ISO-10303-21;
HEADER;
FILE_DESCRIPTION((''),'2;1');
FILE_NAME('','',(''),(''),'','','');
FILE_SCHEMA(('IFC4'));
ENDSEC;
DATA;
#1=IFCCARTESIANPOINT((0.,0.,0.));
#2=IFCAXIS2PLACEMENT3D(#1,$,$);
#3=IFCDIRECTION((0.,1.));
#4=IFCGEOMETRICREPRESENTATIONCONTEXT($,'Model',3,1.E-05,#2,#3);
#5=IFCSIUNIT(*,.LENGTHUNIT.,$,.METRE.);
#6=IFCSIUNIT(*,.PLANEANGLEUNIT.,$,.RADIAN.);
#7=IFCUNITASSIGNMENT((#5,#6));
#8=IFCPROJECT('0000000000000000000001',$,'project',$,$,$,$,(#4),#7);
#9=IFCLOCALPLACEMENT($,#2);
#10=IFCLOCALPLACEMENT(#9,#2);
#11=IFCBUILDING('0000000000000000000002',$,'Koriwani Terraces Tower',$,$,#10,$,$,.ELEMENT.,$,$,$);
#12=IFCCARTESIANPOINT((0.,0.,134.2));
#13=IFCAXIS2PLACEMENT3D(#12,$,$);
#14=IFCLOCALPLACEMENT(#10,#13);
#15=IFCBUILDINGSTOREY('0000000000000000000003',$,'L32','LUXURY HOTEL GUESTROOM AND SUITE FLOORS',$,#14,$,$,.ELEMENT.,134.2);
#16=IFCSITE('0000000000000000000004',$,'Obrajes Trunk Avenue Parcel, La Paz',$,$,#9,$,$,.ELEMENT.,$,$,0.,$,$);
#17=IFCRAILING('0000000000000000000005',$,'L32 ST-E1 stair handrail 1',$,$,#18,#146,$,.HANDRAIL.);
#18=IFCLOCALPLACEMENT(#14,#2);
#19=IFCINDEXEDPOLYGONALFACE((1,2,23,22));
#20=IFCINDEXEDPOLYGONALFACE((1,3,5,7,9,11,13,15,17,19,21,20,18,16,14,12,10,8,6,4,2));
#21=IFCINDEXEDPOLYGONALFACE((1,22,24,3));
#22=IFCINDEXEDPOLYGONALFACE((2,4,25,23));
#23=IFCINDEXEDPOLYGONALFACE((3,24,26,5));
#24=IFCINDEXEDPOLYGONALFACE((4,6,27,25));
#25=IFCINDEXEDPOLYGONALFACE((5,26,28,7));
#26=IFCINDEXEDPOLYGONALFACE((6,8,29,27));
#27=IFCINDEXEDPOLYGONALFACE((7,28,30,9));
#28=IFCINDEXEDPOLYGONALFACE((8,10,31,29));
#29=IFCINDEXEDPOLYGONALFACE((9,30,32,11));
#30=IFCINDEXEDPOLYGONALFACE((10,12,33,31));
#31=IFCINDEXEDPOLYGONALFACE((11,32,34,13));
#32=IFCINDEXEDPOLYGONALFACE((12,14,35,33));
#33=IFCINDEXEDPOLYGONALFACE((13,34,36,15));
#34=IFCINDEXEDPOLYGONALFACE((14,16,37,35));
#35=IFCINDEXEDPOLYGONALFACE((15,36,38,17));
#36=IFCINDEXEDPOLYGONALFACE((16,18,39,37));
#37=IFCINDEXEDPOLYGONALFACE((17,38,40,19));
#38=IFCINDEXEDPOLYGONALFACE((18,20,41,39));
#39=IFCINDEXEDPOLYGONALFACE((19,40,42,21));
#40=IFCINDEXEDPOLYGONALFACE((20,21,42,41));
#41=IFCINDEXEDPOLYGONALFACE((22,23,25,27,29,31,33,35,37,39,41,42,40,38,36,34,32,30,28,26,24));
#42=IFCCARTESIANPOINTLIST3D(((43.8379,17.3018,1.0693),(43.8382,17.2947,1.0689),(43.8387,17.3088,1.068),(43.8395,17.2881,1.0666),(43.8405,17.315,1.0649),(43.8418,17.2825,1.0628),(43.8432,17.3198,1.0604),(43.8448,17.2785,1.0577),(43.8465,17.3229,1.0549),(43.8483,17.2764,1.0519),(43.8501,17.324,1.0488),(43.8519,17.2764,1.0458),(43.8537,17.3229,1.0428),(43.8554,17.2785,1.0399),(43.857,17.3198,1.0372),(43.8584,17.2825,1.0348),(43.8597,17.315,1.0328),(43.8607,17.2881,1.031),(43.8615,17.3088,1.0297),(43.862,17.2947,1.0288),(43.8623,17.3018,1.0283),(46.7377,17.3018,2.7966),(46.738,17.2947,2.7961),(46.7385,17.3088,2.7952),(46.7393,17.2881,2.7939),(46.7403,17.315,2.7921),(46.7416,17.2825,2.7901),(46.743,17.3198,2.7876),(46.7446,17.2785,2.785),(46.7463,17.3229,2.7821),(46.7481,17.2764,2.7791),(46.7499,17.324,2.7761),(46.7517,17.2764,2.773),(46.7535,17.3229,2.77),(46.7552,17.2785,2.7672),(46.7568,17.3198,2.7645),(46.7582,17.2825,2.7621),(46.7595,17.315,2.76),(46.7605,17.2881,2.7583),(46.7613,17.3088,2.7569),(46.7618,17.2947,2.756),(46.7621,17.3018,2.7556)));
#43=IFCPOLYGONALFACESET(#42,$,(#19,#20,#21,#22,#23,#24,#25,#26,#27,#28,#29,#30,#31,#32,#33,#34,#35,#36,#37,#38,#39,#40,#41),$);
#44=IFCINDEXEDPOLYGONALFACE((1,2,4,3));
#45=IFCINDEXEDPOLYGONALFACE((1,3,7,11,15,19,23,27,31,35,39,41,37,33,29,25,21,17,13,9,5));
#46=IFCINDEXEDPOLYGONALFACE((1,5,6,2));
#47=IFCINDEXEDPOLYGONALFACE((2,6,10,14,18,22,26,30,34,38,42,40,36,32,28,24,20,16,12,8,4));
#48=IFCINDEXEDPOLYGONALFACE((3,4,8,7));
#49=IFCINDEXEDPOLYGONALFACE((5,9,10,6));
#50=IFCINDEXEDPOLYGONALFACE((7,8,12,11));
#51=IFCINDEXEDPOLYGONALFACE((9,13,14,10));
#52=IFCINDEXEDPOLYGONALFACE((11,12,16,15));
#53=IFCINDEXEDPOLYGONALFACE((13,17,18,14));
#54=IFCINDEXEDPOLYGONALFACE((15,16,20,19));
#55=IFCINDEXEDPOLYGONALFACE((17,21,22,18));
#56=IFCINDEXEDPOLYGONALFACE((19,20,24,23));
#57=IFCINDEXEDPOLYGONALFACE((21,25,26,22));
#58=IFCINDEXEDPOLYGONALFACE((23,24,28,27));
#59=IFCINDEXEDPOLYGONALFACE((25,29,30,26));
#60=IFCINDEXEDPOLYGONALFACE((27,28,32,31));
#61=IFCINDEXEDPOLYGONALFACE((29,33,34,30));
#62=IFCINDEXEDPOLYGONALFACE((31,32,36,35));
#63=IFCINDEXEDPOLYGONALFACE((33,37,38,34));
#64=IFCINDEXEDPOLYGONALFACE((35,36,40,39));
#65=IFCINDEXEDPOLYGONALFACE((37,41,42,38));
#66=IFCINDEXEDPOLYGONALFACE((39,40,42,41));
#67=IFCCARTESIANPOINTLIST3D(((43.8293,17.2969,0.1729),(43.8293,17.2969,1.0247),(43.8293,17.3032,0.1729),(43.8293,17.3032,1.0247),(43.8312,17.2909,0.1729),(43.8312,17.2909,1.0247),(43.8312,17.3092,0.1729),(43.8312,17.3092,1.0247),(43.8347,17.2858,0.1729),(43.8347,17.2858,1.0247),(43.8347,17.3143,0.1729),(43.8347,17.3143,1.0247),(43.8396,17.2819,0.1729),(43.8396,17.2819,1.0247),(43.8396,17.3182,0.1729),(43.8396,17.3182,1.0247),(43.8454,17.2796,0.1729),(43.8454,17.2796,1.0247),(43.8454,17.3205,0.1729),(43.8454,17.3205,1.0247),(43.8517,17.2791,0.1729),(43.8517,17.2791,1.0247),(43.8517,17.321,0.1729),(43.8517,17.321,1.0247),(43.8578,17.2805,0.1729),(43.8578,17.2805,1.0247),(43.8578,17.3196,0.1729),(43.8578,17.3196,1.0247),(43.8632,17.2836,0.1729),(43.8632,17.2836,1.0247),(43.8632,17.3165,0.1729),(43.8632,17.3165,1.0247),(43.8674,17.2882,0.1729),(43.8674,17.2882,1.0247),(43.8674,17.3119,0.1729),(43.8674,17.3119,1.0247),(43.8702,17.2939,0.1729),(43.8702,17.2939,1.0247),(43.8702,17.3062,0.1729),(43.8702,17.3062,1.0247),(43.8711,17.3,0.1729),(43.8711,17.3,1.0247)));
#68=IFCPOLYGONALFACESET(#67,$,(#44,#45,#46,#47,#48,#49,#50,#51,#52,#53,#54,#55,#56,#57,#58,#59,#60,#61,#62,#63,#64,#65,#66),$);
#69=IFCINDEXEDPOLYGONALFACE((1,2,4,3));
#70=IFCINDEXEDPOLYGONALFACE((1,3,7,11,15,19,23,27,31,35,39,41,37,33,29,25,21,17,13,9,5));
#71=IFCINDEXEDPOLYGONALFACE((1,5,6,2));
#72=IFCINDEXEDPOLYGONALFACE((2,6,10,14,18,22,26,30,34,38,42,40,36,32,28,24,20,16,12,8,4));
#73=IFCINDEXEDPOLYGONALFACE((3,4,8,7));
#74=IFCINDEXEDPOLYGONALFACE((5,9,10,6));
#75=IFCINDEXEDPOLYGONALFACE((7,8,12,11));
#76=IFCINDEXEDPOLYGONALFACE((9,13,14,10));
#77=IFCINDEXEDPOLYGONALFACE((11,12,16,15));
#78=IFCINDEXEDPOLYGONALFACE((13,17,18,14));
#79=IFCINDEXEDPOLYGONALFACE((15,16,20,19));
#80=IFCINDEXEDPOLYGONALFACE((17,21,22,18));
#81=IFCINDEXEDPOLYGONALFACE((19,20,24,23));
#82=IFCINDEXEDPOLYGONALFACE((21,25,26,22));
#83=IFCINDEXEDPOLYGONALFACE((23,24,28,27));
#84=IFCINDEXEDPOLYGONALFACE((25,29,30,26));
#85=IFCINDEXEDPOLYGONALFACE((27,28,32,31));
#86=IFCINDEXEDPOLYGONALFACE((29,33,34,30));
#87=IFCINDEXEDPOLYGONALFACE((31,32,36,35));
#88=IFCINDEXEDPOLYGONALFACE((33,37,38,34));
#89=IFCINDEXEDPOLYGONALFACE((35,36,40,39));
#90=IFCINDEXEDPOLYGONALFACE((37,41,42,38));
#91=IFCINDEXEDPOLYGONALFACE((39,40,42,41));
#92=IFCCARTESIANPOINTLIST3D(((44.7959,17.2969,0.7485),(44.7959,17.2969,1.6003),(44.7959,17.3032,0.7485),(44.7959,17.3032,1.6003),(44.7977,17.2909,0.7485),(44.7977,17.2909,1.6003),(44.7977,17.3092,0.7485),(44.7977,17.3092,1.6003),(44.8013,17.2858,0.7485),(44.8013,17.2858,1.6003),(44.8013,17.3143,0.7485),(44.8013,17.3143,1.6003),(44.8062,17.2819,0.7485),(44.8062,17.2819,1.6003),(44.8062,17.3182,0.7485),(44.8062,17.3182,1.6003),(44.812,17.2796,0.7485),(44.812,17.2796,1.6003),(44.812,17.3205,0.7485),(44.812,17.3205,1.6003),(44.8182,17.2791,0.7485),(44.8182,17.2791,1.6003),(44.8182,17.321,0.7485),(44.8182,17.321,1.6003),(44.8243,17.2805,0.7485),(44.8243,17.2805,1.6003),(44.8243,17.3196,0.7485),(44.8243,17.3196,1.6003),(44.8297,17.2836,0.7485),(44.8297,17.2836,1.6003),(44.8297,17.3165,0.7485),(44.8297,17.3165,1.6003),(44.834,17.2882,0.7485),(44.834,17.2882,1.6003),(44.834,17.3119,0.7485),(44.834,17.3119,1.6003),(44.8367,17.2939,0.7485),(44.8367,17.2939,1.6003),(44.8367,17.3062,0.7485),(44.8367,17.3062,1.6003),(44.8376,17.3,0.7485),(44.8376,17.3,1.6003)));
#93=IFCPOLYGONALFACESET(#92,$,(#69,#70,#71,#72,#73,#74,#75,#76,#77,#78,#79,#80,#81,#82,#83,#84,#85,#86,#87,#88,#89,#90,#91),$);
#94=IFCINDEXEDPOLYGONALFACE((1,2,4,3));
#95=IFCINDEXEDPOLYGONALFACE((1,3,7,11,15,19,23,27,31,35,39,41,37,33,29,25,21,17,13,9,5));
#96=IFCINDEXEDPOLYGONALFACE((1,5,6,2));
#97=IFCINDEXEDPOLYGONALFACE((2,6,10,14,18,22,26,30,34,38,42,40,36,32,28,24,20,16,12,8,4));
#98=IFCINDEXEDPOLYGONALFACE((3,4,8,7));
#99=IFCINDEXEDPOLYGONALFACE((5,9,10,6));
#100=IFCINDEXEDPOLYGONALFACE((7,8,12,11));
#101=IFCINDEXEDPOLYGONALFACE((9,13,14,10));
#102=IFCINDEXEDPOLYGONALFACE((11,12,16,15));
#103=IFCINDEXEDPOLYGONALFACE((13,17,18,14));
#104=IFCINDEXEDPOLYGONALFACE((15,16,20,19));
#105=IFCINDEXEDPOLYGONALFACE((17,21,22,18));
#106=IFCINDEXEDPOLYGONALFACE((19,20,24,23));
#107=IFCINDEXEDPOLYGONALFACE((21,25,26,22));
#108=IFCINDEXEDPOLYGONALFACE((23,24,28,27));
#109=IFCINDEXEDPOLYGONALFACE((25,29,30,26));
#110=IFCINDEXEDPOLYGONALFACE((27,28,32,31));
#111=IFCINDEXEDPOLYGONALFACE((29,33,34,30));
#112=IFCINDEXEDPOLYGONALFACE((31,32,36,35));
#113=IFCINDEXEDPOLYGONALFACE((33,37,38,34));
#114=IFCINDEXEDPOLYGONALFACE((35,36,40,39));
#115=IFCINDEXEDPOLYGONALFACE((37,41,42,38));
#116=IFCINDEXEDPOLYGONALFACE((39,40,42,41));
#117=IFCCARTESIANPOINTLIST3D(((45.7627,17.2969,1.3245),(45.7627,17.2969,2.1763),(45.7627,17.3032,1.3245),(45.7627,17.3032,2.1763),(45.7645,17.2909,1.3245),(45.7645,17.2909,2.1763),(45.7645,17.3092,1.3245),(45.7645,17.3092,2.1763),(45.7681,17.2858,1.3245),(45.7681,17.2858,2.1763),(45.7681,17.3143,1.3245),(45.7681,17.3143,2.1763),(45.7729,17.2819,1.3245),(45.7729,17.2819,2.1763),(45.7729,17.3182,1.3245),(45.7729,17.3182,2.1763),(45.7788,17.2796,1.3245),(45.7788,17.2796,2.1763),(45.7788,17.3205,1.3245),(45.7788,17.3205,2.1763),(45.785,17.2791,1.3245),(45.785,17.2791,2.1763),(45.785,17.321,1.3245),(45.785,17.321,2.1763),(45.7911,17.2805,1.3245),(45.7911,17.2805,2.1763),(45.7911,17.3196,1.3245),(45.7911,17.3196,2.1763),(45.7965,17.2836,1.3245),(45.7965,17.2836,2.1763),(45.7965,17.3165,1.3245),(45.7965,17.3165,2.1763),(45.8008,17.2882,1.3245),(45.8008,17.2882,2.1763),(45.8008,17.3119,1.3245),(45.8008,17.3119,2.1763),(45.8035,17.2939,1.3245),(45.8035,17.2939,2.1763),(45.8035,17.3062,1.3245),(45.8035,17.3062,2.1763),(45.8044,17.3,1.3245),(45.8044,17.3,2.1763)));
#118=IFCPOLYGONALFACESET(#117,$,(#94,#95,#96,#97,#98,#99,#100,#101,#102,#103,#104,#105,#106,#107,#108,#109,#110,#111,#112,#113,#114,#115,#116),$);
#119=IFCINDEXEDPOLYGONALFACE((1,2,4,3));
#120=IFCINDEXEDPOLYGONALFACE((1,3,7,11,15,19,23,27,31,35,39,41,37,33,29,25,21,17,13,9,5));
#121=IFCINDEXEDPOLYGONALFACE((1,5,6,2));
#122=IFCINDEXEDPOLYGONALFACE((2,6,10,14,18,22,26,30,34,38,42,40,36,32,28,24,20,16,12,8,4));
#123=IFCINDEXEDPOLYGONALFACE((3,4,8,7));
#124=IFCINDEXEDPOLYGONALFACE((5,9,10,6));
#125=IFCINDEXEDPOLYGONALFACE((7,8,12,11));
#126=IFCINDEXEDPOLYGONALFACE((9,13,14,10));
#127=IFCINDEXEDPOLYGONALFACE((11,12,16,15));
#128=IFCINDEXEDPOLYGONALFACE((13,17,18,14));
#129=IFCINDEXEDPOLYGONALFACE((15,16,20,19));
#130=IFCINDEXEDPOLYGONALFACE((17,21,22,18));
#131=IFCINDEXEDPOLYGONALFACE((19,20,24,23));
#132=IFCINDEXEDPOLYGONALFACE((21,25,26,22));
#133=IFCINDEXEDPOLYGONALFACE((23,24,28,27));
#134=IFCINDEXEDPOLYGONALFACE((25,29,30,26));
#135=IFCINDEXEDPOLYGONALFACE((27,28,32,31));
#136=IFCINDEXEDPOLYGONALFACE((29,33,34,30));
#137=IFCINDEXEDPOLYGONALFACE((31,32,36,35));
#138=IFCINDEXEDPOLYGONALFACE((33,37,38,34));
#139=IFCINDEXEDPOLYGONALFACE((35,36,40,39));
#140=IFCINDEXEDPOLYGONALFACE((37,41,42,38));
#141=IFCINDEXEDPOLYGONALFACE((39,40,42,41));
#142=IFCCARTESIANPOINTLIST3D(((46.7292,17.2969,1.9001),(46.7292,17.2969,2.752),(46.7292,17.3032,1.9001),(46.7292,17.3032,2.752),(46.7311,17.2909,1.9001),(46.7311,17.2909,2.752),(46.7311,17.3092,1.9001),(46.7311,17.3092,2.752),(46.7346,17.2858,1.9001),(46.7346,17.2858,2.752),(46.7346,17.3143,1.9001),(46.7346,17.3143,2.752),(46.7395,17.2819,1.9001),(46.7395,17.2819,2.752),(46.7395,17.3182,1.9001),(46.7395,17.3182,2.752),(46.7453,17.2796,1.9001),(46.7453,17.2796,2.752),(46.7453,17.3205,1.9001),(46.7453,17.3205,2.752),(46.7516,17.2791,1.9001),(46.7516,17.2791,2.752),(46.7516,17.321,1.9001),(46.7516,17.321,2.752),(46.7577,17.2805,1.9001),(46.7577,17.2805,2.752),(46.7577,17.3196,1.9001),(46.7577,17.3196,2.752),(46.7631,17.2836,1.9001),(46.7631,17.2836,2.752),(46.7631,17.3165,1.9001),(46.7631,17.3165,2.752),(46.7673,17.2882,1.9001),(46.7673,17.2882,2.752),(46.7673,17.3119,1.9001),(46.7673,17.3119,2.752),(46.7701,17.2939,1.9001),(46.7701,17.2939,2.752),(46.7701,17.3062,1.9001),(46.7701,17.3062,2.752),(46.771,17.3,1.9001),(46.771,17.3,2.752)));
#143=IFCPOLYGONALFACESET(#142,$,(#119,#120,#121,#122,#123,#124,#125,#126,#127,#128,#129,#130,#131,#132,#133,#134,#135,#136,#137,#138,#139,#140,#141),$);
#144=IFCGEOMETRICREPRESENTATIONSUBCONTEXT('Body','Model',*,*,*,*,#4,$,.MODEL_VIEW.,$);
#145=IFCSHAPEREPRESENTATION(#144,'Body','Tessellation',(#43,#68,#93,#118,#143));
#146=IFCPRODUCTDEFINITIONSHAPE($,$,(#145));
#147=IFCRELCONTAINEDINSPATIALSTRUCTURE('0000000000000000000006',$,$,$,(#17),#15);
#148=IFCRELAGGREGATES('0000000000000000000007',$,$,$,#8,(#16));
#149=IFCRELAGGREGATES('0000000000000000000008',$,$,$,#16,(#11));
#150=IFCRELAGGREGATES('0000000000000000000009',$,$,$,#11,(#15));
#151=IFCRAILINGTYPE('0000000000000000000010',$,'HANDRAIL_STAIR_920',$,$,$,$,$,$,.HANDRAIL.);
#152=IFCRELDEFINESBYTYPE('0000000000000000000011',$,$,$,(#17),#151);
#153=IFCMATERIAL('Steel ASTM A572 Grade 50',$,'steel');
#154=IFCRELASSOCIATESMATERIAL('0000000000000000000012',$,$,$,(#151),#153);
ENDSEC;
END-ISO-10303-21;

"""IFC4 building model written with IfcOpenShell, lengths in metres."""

from ifc_helpers import new_model, si_unit, direction, frame, origin, origin_2d, place, context, subcontext, project, spatial, circle, extrude, material, type_object, element, save


model = new_model("IFC4")

# Units and contexts
model_context = context("Model", 3, precision=1e-05, world=origin(), true_north=direction((0.0, 1.0)))
body_context = subcontext(model_context, "Body", "Model", "MODEL_VIEW")
ifc_project = project(units=[si_unit("LENGTHUNIT", "METRE"), si_unit("PLANEANGLEUNIT", "RADIAN")], contexts=[model_context])

# Site, building, storey
site_placement = place(None, origin())
site = spatial("IfcSite", under=ifc_project, at=site_placement, Name="Obrajes Trunk Avenue Parcel, La Paz", CompositionType="ELEMENT", RefElevation=0.0)
building_placement = place(site_placement, origin())
building = spatial("IfcBuilding", under=site, at=building_placement, Name="Koriwani Terraces Tower", CompositionType="ELEMENT")
storey_placement = place(building_placement, frame((0.0, 0.0, 134.2)))
storey = spatial("IfcBuildingStorey", under=building, at=storey_placement, Name="L32", Description="LUXURY HOTEL GUESTROOM AND SUITE FLOORS", CompositionType="ELEMENT", Elevation=134.2)

# Shared definitions
ifc_material_1 = material(Name="Steel ASTM A572 Grade 50", Category="steel")

# Railing
railing_type_1 = type_object("IfcRailingType", Name="HANDRAIL_STAIR_920", PredefinedType="HANDRAIL", material=ifc_material_1)
railing_1_placement = place(storey_placement, frame((43.8501, 17.3, 0.1729)))
element("IfcRailing", 1, at=railing_1_placement, inside=storey, type_object=railing_type_1, Name="L32 ST-E1 stair handrail 1", PredefinedType="HANDRAIL", context=body_context, shape_type="SweptSolid", body=[
    extrude(circle(Radius=0.0239, at=origin_2d()), frame((0.0, 0.0, 0.876), z_axis=(0.859141, 0.0, 0.511738), x_axis=(0.0, 1.0, 0.0)), (0.0, 0.0, 1.0), 3.3752),
    extrude(circle(Radius=0.021, at=origin_2d()), origin(), (0.0, 0.0, 1.0), 0.8518),
    extrude(circle(Radius=0.021, at=origin_2d()), frame((0.9666, 0.0, 0.5757)), (0.0, 0.0, 1.0), 0.8518),
    extrude(circle(Radius=0.021, at=origin_2d()), frame((1.9333, 0.0, 1.1516)), (0.0, 0.0, 1.0), 0.8518),
    extrude(circle(Radius=0.021, at=origin_2d()), frame((2.8999, 0.0, 1.7273)), (0.0, 0.0, 1.0), 0.8518),
])

save(model, "model.ifc")
